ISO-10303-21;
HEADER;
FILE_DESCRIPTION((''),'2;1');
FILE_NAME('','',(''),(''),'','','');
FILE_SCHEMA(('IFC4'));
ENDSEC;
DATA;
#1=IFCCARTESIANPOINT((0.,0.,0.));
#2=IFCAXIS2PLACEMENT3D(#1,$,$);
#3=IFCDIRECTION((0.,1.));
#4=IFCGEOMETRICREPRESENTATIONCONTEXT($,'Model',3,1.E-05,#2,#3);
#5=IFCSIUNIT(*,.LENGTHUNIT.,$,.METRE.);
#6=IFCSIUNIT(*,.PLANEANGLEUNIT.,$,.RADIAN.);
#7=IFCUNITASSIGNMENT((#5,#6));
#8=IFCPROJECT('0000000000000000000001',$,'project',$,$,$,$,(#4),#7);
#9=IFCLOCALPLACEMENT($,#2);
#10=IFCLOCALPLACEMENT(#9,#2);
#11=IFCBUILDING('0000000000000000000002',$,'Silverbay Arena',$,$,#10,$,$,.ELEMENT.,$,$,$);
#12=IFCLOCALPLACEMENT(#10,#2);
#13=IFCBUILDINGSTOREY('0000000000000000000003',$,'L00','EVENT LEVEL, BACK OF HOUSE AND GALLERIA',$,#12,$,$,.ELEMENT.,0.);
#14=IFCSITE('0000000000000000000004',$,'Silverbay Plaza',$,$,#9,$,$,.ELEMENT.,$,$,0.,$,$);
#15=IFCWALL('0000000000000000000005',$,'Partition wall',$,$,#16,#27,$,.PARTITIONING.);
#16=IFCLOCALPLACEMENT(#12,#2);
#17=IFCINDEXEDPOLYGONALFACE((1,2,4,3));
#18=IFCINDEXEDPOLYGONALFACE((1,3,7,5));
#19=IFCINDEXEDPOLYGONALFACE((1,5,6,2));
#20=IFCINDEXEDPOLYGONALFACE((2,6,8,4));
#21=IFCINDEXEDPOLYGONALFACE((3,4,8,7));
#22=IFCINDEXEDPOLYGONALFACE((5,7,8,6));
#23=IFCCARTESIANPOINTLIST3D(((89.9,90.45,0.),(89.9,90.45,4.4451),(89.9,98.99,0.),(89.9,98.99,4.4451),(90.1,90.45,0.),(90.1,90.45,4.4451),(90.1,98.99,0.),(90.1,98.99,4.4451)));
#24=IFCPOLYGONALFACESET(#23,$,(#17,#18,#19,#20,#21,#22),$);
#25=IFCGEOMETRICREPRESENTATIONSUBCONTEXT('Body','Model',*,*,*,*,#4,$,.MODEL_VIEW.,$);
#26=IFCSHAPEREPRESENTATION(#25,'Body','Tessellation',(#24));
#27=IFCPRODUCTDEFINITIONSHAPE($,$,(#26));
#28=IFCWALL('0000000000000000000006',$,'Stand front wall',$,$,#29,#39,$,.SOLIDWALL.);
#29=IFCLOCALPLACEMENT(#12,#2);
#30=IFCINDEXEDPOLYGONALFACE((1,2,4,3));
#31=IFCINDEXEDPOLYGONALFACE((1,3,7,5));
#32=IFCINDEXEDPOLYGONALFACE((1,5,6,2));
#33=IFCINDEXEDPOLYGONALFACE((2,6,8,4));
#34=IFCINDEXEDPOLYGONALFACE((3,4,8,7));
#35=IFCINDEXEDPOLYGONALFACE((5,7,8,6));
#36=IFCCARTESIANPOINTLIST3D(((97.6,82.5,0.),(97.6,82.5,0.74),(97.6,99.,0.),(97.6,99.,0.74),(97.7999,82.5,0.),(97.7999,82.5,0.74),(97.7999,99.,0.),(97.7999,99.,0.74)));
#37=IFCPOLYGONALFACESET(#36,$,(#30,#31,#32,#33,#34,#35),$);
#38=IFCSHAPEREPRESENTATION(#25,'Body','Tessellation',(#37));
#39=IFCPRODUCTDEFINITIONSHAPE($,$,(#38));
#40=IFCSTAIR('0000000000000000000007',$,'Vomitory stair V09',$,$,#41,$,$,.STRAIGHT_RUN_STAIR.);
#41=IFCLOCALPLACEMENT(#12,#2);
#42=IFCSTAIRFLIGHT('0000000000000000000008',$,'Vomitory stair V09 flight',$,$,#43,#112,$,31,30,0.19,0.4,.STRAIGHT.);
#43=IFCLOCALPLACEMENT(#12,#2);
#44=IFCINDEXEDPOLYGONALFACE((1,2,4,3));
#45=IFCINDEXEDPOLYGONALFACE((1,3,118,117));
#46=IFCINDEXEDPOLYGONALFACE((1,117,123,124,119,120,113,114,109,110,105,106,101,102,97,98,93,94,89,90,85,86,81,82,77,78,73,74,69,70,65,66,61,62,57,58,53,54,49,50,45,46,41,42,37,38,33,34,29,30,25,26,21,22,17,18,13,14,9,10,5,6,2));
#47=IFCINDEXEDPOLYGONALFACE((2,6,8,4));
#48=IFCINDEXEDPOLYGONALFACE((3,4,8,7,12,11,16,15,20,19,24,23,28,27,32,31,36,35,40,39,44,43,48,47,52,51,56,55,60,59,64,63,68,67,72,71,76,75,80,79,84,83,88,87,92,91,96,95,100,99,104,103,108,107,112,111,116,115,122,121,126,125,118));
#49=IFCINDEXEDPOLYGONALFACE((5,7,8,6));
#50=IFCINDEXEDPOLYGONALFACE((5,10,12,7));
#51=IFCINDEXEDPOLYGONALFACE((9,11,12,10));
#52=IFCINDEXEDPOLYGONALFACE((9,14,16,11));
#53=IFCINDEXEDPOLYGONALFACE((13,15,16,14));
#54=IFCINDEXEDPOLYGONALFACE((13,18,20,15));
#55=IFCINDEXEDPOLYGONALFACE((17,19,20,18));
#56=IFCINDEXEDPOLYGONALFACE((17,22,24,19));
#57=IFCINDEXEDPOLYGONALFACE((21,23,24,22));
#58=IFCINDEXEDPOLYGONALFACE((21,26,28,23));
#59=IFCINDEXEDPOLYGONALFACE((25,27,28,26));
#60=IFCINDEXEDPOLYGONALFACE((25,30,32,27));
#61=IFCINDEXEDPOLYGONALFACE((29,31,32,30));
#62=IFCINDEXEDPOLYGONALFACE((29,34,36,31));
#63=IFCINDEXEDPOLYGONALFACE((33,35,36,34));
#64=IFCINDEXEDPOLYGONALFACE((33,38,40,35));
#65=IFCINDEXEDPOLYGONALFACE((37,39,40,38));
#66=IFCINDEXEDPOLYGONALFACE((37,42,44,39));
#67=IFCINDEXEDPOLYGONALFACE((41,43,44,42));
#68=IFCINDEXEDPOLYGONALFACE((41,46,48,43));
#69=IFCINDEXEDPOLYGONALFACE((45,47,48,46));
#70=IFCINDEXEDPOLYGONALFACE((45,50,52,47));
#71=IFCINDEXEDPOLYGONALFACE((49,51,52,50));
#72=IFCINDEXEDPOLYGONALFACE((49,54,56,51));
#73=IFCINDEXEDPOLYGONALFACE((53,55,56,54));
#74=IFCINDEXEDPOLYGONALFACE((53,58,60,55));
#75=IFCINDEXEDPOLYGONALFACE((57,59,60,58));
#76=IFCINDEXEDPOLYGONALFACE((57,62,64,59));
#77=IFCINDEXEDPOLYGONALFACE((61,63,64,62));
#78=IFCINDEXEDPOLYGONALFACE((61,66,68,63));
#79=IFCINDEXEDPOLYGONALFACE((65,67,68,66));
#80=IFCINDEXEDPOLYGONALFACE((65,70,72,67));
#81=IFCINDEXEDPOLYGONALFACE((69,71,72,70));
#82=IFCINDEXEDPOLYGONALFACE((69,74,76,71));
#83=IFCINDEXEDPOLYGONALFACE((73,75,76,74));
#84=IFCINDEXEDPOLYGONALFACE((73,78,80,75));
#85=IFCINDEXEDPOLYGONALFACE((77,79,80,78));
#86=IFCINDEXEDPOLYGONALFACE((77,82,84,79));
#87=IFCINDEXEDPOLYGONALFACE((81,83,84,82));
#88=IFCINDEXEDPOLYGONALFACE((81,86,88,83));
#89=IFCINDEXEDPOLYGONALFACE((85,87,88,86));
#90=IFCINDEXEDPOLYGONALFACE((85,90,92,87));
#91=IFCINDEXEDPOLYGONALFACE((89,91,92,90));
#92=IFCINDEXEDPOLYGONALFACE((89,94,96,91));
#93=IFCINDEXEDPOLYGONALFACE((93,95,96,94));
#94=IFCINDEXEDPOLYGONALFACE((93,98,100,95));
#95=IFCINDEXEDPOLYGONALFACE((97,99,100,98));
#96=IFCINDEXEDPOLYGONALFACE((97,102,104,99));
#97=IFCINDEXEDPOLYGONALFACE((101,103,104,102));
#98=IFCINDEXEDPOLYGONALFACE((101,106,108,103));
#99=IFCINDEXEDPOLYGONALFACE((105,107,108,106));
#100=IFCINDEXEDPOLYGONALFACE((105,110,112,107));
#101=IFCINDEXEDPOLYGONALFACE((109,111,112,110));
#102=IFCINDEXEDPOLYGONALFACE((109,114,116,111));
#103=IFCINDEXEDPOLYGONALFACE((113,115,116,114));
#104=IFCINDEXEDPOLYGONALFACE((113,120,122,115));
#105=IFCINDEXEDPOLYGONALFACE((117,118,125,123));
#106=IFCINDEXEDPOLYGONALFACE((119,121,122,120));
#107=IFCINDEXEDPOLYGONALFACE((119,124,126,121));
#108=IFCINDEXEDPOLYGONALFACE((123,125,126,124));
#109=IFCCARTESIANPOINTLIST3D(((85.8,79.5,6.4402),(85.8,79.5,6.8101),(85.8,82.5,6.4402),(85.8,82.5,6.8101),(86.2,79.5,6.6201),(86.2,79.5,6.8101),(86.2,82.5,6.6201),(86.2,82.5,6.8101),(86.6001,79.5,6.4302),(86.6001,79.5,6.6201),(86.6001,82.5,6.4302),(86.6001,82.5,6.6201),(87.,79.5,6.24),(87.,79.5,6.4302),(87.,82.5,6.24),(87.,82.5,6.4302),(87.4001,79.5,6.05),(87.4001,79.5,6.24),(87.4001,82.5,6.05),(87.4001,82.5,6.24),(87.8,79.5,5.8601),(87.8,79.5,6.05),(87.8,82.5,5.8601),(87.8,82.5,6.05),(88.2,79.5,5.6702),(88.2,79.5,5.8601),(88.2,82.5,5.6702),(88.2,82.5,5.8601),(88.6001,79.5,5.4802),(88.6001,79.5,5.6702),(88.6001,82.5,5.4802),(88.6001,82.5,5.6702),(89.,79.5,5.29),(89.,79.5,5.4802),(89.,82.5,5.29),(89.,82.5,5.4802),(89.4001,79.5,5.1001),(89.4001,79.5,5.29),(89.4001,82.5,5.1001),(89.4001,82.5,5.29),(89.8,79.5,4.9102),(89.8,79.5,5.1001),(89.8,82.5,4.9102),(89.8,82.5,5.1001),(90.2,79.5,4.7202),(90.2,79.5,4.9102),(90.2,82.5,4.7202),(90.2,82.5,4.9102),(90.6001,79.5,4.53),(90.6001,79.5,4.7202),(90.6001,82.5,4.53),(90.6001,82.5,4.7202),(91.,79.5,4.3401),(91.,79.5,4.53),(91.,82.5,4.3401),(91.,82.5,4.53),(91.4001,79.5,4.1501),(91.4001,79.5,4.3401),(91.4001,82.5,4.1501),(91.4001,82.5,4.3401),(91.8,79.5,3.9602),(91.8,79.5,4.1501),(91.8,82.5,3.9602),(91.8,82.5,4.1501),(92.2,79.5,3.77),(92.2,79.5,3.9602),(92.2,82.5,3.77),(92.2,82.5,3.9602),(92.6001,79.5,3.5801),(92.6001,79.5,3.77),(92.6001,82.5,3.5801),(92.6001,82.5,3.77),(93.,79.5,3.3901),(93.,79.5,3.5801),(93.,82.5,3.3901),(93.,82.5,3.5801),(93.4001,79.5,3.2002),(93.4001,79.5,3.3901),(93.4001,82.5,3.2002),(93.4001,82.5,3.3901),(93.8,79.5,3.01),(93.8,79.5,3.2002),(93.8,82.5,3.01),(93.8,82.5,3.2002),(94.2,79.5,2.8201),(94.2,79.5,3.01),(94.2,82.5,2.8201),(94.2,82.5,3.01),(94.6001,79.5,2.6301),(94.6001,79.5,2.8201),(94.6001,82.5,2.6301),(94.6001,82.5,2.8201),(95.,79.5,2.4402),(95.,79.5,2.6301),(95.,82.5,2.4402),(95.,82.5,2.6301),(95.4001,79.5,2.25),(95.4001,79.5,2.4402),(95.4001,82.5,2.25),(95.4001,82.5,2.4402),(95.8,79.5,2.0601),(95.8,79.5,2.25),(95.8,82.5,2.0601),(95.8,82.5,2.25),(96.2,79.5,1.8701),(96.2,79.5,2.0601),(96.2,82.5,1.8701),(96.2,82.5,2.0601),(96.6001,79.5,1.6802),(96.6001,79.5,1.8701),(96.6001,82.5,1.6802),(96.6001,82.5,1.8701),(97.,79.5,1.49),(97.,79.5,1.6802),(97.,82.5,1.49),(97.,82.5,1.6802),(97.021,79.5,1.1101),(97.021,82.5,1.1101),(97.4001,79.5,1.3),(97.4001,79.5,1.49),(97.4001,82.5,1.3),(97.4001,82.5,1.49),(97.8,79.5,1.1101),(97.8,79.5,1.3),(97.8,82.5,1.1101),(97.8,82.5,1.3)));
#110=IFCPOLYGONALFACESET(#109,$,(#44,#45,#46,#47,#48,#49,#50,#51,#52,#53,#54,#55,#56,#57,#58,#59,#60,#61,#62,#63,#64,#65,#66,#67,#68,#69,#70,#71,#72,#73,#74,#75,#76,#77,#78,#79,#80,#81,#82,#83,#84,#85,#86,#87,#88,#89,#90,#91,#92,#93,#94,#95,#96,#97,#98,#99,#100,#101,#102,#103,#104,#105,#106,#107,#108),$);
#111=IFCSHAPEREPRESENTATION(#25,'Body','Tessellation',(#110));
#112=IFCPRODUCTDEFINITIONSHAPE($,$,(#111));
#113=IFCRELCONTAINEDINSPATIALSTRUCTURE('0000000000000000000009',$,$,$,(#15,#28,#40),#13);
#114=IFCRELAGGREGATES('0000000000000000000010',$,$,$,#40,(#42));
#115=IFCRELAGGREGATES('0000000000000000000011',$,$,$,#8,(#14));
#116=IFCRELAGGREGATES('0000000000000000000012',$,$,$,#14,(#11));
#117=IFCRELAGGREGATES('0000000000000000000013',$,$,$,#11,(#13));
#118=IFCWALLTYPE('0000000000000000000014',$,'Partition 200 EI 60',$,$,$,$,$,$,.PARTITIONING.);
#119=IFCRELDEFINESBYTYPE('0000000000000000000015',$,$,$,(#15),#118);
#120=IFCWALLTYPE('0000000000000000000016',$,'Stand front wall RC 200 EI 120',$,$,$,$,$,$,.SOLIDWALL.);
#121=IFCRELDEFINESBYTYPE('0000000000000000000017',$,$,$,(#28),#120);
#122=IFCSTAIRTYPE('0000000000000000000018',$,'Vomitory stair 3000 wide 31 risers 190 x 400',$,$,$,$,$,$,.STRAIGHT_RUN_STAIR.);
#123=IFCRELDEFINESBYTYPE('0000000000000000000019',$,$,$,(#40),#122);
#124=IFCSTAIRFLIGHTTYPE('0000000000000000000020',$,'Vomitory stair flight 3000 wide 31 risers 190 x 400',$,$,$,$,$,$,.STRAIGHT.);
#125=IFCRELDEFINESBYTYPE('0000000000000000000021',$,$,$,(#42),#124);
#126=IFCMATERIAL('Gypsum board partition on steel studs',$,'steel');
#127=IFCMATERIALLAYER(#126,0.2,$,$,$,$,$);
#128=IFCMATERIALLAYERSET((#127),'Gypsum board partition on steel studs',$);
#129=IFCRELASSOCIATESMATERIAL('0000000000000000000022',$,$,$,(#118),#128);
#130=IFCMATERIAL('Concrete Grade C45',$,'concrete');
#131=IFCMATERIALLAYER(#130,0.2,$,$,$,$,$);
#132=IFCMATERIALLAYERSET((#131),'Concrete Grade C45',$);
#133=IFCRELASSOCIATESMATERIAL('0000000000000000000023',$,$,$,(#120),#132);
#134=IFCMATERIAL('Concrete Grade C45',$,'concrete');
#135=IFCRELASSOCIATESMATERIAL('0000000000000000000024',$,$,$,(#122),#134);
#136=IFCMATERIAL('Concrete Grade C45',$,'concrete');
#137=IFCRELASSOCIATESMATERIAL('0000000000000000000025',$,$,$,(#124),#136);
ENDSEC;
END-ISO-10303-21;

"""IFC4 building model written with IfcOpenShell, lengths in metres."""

from ifc_helpers import new_model, si_unit, direction, frame, frame_2d, origin, place, context, subcontext, project, spatial, polyline, rectangle, outline, extrude, material, layer, layer_set, type_object, element, aggregate, save


model = new_model("IFC4")

# Units and contexts
model_context = context("Model", 3, precision=1e-05, world=origin(), true_north=direction((0.0, 1.0)))
body_context = subcontext(model_context, "Body", "Model", "MODEL_VIEW")
ifc_project = project(units=[si_unit("LENGTHUNIT", "METRE"), si_unit("PLANEANGLEUNIT", "RADIAN")], contexts=[model_context])

# Site, building, storey
site_placement = place(None, origin())
site = spatial("IfcSite", under=ifc_project, at=site_placement, Name="Silverbay Plaza", CompositionType="ELEMENT", RefElevation=0.0)
building_placement = place(site_placement, origin())
building = spatial("IfcBuilding", under=site, at=building_placement, Name="Silverbay Arena", CompositionType="ELEMENT")
storey_placement = place(building_placement, origin())
storey = spatial("IfcBuildingStorey", under=building, at=storey_placement, Name="L00", Description="EVENT LEVEL, BACK OF HOUSE AND GALLERIA", CompositionType="ELEMENT", Elevation=0.0)

# Walls
ifc_material_1 = material(Name="Gypsum board partition on steel studs", Category="steel")
ifc_layer_1 = layer(ifc_material_1, 0.2)
ifc_layer_set_1 = layer_set([ifc_layer_1], Name="Gypsum board partition on steel studs")
wall_type_1 = type_object("IfcWallType", Name="Partition 200 EI 60", PredefinedType="PARTITIONING", material=ifc_layer_set_1)
wall_1_placement = place(storey_placement, frame((90.0, 90.45, 0.0), z_axis=(0.0, 0.0, 1.0), x_axis=(0.0, 1.0, 0.0)))
element("IfcWall", 1, at=wall_1_placement, inside=storey, type_object=wall_type_1, Name="Partition wall", PredefinedType="PARTITIONING", context=body_context, shape_type="SweptSolid", body=[
    extrude(rectangle(XDim=8.54, YDim=0.2, at=frame_2d((4.27, 0.0))), origin(), (0.0, 0.0, 1.0), 4.4451),
])
ifc_material_2 = material(Name="Concrete Grade C45", Category="concrete")
ifc_layer_2 = layer(ifc_material_2, 0.2)
ifc_layer_set_2 = layer_set([ifc_layer_2], Name="Concrete Grade C45")
wall_type_2 = type_object("IfcWallType", Name="Stand front wall RC 200 EI 120", PredefinedType="SOLIDWALL", material=ifc_layer_set_2)
wall_2_placement = place(storey_placement, frame((97.7, 82.5, 0.0), z_axis=(0.0, 0.0, 1.0), x_axis=(0.0, 1.0, 0.0)))
element("IfcWall", 2, at=wall_2_placement, inside=storey, type_object=wall_type_2, Name="Stand front wall", PredefinedType="SOLIDWALL", context=body_context, shape_type="SweptSolid", body=[
    extrude(rectangle(XDim=16.5, YDim=0.2, at=frame_2d((8.25, 0.0))), origin(), (0.0, 0.0, 1.0), 0.74),
])

# Stair, stair flight
ifc_material_3 = material(Name="Concrete Grade C45", Category="concrete")
stair_type = type_object("IfcStairType", Name="Vomitory stair 3000 wide 31 risers 190 x 400", PredefinedType="STRAIGHT_RUN_STAIR", material=ifc_material_3)
stair_placement = place(storey_placement, origin())
stair = element("IfcStair", 3, at=stair_placement, inside=storey, type_object=stair_type, Name="Vomitory stair V09", PredefinedType="STRAIGHT_RUN_STAIR")
ifc_material_4 = material(Name="Concrete Grade C45", Category="concrete")
stair_flight_type = type_object("IfcStairFlightType", Name="Vomitory stair flight 3000 wide 31 risers 190 x 400", PredefinedType="STRAIGHT", material=ifc_material_4)
stair_flight_placement = place(storey_placement, frame((97.8, 81.0, 1.1101), z_axis=(0.0, 0.0, 1.0), x_axis=(-1.0, 0.0, 0.0)))
stair_flight = element("IfcStairFlight", 4, at=stair_flight_placement, type_object=stair_flight_type, Name="Vomitory stair V09 flight", NumberOfRisers=31, NumberOfTreads=30, PredefinedType="STRAIGHT", RiserHeight=0.19, TreadLength=0.4, context=body_context, shape_type="SweptSolid", body=[
    extrude(outline(polyline([(0.0, 0.0), (0.0, 0.1899), (0.3999, 0.1899), (0.3999, 0.3799), (0.8, 0.3799), (0.8, 0.5701), (1.2, 0.5701), (1.2, 0.76), (1.6001, 0.76), (1.6001, 0.95), (2.0, 0.95), (2.0, 1.1399), (2.3999, 1.1399), (2.3999, 1.3301), (2.8, 1.3301), (2.8, 1.52), (3.2, 1.52), (3.2, 1.71), (3.6001, 1.71), (3.6001, 1.8999), (4.0, 1.8999), (4.0, 2.0901), (4.3999, 2.0901), (4.3999, 2.28), (4.8, 2.28), (4.8, 2.47), (5.2, 2.47), (5.2, 2.6599), (5.6001, 2.6599), (5.6001, 2.8501), (6.0, 2.8501), (6.0, 3.04), (6.3999, 3.04), (6.3999, 3.23), (6.8, 3.23), (6.8, 3.4199), (7.2, 3.4199), (7.2, 3.6101), (7.6001, 3.6101), (7.6001, 3.8), (8.0, 3.8), (8.0, 3.99), (8.3999, 3.99), (8.3999, 4.1799), (8.8, 4.1799), (8.8, 4.3701), (9.2, 4.3701), (9.2, 4.5601), (9.6001, 4.5601), (9.6001, 4.75), (10.0, 4.75), (10.0, 4.9399), (10.3999, 4.9399), (10.3999, 5.1299), (10.8, 5.1299), (10.8, 5.3201), (11.2, 5.3201), (11.2, 5.51), (11.6001, 5.51), (11.6001, 5.7), (12.0, 5.7), (12.0, 5.3301), (0.7791, 0.0), (0.0, 0.0)])), frame((0.0, 1.5, 0.0), z_axis=(0.0, -1.0, 0.0), x_axis=(1.0, 0.0, 0.0)), (0.0, 0.0, 1.0), 3.0),
])
aggregate(stair, [stair_flight])

save(model, "model.ifc")
